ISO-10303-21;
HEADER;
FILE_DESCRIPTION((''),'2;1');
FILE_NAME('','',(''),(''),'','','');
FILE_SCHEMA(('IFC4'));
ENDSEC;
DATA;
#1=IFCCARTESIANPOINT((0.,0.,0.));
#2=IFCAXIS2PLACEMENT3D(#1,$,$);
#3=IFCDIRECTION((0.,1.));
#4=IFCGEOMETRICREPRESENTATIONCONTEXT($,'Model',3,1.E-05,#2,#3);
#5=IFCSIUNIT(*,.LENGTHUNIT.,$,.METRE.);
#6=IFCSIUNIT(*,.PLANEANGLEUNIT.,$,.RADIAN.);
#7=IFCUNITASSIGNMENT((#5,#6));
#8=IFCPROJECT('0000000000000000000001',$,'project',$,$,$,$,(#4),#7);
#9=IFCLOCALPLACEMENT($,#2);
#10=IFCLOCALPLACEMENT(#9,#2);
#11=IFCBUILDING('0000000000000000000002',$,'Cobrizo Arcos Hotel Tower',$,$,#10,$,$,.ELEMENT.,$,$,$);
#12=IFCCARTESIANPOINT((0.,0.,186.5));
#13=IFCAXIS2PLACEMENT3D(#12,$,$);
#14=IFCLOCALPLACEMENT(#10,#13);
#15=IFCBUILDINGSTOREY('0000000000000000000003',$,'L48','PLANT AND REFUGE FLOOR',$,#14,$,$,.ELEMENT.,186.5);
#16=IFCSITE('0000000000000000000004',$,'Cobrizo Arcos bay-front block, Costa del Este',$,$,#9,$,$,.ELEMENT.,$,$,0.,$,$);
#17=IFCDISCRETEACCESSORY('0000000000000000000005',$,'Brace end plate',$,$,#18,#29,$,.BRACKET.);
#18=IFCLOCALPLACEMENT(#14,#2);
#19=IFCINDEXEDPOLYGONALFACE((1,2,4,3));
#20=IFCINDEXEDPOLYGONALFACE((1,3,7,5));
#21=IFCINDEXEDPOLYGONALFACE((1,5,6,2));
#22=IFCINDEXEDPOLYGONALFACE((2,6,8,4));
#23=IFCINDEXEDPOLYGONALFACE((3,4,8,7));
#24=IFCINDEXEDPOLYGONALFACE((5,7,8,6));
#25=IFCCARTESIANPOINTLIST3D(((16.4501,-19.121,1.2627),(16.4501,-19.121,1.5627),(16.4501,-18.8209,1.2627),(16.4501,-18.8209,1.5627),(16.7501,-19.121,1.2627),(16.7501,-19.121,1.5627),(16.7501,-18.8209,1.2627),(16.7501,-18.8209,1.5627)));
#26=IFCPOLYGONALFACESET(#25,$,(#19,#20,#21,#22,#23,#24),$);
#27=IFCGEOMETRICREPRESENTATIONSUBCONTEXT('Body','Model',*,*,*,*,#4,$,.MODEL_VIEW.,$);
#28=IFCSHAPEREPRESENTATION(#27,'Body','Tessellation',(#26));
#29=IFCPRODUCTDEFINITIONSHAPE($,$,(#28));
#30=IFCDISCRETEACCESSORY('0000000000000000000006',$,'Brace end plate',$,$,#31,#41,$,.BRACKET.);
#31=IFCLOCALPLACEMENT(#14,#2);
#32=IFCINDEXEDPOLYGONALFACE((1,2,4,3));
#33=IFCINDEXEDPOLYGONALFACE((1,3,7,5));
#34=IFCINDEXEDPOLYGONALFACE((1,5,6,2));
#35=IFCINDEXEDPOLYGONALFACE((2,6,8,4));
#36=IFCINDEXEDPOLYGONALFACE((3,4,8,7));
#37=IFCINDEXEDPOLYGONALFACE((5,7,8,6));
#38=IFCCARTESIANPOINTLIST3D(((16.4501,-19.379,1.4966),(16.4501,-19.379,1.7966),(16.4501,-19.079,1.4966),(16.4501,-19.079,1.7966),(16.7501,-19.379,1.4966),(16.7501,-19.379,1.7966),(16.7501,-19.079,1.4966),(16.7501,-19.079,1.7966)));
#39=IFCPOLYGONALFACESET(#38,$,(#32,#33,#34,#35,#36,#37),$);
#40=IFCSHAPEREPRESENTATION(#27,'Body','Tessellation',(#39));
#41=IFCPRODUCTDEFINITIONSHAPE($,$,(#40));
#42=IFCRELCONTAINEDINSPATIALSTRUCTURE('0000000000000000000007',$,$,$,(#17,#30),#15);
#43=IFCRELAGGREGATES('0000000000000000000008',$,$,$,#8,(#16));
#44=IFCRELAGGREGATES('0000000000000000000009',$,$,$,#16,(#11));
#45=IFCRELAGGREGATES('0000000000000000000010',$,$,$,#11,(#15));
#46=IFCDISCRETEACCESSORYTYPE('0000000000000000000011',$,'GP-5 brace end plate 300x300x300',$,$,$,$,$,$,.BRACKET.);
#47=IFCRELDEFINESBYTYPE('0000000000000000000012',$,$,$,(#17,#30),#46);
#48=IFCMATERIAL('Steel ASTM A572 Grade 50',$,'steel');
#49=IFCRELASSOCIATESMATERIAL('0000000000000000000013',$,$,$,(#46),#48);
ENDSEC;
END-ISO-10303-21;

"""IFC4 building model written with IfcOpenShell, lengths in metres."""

from ifc_helpers import new_model, si_unit, direction, frame, origin, origin_2d, place, context, subcontext, project, spatial, rectangle, extrude, material, type_object, element, save


model = new_model("IFC4")

# Units and contexts
model_context = context("Model", 3, precision=1e-05, world=origin(), true_north=direction((0.0, 1.0)))
body_context = subcontext(model_context, "Body", "Model", "MODEL_VIEW")
ifc_project = project(units=[si_unit("LENGTHUNIT", "METRE"), si_unit("PLANEANGLEUNIT", "RADIAN")], contexts=[model_context])

# Site, building, storey
site_placement = place(None, origin())
site = spatial("IfcSite", under=ifc_project, at=site_placement, Name="Cobrizo Arcos bay-front block, Costa del Este", CompositionType="ELEMENT", RefElevation=0.0)
building_placement = place(site_placement, origin())
building = spatial("IfcBuilding", under=site, at=building_placement, Name="Cobrizo Arcos Hotel Tower", CompositionType="ELEMENT")
storey_placement = place(building_placement, frame((0.0, 0.0, 186.5)))
storey = spatial("IfcBuildingStorey", under=building, at=storey_placement, Name="L48", Description="PLANT AND REFUGE FLOOR", CompositionType="ELEMENT", Elevation=186.5)

# Shared definitions
ifc_material_1 = material(Name="Steel ASTM A572 Grade 50", Category="steel")

# Discrete accessories
discrete_accessory_type_1 = type_object("IfcDiscreteAccessoryType", Name="GP-5 brace end plate 300x300x300", PredefinedType="BRACKET", material=ifc_material_1)
for number, where, z_axis, x_axis, name in (
    (1, (16.6001, -18.9709, 1.2627), (0.0, 0.0, 1.0), (1.0, 0.0, 0.0), "Brace end plate"),
    (2, (16.6001, -19.229, 1.4966), (0.0, 0.0, 1.0), (1.0, 0.0, 0.0), "Brace end plate"),
):
    element("IfcDiscreteAccessory", number, at=place(storey_placement, frame(where, z_axis=z_axis, x_axis=x_axis)), inside=storey, type_object=discrete_accessory_type_1, Name=name, PredefinedType="BRACKET", context=body_context, shape_type="SweptSolid", body=[
        extrude(rectangle(XDim=0.3, YDim=0.3, at=origin_2d()), origin(), (0.0, 0.0, 1.0), 0.3),
    ])

save(model, "model.ifc")
